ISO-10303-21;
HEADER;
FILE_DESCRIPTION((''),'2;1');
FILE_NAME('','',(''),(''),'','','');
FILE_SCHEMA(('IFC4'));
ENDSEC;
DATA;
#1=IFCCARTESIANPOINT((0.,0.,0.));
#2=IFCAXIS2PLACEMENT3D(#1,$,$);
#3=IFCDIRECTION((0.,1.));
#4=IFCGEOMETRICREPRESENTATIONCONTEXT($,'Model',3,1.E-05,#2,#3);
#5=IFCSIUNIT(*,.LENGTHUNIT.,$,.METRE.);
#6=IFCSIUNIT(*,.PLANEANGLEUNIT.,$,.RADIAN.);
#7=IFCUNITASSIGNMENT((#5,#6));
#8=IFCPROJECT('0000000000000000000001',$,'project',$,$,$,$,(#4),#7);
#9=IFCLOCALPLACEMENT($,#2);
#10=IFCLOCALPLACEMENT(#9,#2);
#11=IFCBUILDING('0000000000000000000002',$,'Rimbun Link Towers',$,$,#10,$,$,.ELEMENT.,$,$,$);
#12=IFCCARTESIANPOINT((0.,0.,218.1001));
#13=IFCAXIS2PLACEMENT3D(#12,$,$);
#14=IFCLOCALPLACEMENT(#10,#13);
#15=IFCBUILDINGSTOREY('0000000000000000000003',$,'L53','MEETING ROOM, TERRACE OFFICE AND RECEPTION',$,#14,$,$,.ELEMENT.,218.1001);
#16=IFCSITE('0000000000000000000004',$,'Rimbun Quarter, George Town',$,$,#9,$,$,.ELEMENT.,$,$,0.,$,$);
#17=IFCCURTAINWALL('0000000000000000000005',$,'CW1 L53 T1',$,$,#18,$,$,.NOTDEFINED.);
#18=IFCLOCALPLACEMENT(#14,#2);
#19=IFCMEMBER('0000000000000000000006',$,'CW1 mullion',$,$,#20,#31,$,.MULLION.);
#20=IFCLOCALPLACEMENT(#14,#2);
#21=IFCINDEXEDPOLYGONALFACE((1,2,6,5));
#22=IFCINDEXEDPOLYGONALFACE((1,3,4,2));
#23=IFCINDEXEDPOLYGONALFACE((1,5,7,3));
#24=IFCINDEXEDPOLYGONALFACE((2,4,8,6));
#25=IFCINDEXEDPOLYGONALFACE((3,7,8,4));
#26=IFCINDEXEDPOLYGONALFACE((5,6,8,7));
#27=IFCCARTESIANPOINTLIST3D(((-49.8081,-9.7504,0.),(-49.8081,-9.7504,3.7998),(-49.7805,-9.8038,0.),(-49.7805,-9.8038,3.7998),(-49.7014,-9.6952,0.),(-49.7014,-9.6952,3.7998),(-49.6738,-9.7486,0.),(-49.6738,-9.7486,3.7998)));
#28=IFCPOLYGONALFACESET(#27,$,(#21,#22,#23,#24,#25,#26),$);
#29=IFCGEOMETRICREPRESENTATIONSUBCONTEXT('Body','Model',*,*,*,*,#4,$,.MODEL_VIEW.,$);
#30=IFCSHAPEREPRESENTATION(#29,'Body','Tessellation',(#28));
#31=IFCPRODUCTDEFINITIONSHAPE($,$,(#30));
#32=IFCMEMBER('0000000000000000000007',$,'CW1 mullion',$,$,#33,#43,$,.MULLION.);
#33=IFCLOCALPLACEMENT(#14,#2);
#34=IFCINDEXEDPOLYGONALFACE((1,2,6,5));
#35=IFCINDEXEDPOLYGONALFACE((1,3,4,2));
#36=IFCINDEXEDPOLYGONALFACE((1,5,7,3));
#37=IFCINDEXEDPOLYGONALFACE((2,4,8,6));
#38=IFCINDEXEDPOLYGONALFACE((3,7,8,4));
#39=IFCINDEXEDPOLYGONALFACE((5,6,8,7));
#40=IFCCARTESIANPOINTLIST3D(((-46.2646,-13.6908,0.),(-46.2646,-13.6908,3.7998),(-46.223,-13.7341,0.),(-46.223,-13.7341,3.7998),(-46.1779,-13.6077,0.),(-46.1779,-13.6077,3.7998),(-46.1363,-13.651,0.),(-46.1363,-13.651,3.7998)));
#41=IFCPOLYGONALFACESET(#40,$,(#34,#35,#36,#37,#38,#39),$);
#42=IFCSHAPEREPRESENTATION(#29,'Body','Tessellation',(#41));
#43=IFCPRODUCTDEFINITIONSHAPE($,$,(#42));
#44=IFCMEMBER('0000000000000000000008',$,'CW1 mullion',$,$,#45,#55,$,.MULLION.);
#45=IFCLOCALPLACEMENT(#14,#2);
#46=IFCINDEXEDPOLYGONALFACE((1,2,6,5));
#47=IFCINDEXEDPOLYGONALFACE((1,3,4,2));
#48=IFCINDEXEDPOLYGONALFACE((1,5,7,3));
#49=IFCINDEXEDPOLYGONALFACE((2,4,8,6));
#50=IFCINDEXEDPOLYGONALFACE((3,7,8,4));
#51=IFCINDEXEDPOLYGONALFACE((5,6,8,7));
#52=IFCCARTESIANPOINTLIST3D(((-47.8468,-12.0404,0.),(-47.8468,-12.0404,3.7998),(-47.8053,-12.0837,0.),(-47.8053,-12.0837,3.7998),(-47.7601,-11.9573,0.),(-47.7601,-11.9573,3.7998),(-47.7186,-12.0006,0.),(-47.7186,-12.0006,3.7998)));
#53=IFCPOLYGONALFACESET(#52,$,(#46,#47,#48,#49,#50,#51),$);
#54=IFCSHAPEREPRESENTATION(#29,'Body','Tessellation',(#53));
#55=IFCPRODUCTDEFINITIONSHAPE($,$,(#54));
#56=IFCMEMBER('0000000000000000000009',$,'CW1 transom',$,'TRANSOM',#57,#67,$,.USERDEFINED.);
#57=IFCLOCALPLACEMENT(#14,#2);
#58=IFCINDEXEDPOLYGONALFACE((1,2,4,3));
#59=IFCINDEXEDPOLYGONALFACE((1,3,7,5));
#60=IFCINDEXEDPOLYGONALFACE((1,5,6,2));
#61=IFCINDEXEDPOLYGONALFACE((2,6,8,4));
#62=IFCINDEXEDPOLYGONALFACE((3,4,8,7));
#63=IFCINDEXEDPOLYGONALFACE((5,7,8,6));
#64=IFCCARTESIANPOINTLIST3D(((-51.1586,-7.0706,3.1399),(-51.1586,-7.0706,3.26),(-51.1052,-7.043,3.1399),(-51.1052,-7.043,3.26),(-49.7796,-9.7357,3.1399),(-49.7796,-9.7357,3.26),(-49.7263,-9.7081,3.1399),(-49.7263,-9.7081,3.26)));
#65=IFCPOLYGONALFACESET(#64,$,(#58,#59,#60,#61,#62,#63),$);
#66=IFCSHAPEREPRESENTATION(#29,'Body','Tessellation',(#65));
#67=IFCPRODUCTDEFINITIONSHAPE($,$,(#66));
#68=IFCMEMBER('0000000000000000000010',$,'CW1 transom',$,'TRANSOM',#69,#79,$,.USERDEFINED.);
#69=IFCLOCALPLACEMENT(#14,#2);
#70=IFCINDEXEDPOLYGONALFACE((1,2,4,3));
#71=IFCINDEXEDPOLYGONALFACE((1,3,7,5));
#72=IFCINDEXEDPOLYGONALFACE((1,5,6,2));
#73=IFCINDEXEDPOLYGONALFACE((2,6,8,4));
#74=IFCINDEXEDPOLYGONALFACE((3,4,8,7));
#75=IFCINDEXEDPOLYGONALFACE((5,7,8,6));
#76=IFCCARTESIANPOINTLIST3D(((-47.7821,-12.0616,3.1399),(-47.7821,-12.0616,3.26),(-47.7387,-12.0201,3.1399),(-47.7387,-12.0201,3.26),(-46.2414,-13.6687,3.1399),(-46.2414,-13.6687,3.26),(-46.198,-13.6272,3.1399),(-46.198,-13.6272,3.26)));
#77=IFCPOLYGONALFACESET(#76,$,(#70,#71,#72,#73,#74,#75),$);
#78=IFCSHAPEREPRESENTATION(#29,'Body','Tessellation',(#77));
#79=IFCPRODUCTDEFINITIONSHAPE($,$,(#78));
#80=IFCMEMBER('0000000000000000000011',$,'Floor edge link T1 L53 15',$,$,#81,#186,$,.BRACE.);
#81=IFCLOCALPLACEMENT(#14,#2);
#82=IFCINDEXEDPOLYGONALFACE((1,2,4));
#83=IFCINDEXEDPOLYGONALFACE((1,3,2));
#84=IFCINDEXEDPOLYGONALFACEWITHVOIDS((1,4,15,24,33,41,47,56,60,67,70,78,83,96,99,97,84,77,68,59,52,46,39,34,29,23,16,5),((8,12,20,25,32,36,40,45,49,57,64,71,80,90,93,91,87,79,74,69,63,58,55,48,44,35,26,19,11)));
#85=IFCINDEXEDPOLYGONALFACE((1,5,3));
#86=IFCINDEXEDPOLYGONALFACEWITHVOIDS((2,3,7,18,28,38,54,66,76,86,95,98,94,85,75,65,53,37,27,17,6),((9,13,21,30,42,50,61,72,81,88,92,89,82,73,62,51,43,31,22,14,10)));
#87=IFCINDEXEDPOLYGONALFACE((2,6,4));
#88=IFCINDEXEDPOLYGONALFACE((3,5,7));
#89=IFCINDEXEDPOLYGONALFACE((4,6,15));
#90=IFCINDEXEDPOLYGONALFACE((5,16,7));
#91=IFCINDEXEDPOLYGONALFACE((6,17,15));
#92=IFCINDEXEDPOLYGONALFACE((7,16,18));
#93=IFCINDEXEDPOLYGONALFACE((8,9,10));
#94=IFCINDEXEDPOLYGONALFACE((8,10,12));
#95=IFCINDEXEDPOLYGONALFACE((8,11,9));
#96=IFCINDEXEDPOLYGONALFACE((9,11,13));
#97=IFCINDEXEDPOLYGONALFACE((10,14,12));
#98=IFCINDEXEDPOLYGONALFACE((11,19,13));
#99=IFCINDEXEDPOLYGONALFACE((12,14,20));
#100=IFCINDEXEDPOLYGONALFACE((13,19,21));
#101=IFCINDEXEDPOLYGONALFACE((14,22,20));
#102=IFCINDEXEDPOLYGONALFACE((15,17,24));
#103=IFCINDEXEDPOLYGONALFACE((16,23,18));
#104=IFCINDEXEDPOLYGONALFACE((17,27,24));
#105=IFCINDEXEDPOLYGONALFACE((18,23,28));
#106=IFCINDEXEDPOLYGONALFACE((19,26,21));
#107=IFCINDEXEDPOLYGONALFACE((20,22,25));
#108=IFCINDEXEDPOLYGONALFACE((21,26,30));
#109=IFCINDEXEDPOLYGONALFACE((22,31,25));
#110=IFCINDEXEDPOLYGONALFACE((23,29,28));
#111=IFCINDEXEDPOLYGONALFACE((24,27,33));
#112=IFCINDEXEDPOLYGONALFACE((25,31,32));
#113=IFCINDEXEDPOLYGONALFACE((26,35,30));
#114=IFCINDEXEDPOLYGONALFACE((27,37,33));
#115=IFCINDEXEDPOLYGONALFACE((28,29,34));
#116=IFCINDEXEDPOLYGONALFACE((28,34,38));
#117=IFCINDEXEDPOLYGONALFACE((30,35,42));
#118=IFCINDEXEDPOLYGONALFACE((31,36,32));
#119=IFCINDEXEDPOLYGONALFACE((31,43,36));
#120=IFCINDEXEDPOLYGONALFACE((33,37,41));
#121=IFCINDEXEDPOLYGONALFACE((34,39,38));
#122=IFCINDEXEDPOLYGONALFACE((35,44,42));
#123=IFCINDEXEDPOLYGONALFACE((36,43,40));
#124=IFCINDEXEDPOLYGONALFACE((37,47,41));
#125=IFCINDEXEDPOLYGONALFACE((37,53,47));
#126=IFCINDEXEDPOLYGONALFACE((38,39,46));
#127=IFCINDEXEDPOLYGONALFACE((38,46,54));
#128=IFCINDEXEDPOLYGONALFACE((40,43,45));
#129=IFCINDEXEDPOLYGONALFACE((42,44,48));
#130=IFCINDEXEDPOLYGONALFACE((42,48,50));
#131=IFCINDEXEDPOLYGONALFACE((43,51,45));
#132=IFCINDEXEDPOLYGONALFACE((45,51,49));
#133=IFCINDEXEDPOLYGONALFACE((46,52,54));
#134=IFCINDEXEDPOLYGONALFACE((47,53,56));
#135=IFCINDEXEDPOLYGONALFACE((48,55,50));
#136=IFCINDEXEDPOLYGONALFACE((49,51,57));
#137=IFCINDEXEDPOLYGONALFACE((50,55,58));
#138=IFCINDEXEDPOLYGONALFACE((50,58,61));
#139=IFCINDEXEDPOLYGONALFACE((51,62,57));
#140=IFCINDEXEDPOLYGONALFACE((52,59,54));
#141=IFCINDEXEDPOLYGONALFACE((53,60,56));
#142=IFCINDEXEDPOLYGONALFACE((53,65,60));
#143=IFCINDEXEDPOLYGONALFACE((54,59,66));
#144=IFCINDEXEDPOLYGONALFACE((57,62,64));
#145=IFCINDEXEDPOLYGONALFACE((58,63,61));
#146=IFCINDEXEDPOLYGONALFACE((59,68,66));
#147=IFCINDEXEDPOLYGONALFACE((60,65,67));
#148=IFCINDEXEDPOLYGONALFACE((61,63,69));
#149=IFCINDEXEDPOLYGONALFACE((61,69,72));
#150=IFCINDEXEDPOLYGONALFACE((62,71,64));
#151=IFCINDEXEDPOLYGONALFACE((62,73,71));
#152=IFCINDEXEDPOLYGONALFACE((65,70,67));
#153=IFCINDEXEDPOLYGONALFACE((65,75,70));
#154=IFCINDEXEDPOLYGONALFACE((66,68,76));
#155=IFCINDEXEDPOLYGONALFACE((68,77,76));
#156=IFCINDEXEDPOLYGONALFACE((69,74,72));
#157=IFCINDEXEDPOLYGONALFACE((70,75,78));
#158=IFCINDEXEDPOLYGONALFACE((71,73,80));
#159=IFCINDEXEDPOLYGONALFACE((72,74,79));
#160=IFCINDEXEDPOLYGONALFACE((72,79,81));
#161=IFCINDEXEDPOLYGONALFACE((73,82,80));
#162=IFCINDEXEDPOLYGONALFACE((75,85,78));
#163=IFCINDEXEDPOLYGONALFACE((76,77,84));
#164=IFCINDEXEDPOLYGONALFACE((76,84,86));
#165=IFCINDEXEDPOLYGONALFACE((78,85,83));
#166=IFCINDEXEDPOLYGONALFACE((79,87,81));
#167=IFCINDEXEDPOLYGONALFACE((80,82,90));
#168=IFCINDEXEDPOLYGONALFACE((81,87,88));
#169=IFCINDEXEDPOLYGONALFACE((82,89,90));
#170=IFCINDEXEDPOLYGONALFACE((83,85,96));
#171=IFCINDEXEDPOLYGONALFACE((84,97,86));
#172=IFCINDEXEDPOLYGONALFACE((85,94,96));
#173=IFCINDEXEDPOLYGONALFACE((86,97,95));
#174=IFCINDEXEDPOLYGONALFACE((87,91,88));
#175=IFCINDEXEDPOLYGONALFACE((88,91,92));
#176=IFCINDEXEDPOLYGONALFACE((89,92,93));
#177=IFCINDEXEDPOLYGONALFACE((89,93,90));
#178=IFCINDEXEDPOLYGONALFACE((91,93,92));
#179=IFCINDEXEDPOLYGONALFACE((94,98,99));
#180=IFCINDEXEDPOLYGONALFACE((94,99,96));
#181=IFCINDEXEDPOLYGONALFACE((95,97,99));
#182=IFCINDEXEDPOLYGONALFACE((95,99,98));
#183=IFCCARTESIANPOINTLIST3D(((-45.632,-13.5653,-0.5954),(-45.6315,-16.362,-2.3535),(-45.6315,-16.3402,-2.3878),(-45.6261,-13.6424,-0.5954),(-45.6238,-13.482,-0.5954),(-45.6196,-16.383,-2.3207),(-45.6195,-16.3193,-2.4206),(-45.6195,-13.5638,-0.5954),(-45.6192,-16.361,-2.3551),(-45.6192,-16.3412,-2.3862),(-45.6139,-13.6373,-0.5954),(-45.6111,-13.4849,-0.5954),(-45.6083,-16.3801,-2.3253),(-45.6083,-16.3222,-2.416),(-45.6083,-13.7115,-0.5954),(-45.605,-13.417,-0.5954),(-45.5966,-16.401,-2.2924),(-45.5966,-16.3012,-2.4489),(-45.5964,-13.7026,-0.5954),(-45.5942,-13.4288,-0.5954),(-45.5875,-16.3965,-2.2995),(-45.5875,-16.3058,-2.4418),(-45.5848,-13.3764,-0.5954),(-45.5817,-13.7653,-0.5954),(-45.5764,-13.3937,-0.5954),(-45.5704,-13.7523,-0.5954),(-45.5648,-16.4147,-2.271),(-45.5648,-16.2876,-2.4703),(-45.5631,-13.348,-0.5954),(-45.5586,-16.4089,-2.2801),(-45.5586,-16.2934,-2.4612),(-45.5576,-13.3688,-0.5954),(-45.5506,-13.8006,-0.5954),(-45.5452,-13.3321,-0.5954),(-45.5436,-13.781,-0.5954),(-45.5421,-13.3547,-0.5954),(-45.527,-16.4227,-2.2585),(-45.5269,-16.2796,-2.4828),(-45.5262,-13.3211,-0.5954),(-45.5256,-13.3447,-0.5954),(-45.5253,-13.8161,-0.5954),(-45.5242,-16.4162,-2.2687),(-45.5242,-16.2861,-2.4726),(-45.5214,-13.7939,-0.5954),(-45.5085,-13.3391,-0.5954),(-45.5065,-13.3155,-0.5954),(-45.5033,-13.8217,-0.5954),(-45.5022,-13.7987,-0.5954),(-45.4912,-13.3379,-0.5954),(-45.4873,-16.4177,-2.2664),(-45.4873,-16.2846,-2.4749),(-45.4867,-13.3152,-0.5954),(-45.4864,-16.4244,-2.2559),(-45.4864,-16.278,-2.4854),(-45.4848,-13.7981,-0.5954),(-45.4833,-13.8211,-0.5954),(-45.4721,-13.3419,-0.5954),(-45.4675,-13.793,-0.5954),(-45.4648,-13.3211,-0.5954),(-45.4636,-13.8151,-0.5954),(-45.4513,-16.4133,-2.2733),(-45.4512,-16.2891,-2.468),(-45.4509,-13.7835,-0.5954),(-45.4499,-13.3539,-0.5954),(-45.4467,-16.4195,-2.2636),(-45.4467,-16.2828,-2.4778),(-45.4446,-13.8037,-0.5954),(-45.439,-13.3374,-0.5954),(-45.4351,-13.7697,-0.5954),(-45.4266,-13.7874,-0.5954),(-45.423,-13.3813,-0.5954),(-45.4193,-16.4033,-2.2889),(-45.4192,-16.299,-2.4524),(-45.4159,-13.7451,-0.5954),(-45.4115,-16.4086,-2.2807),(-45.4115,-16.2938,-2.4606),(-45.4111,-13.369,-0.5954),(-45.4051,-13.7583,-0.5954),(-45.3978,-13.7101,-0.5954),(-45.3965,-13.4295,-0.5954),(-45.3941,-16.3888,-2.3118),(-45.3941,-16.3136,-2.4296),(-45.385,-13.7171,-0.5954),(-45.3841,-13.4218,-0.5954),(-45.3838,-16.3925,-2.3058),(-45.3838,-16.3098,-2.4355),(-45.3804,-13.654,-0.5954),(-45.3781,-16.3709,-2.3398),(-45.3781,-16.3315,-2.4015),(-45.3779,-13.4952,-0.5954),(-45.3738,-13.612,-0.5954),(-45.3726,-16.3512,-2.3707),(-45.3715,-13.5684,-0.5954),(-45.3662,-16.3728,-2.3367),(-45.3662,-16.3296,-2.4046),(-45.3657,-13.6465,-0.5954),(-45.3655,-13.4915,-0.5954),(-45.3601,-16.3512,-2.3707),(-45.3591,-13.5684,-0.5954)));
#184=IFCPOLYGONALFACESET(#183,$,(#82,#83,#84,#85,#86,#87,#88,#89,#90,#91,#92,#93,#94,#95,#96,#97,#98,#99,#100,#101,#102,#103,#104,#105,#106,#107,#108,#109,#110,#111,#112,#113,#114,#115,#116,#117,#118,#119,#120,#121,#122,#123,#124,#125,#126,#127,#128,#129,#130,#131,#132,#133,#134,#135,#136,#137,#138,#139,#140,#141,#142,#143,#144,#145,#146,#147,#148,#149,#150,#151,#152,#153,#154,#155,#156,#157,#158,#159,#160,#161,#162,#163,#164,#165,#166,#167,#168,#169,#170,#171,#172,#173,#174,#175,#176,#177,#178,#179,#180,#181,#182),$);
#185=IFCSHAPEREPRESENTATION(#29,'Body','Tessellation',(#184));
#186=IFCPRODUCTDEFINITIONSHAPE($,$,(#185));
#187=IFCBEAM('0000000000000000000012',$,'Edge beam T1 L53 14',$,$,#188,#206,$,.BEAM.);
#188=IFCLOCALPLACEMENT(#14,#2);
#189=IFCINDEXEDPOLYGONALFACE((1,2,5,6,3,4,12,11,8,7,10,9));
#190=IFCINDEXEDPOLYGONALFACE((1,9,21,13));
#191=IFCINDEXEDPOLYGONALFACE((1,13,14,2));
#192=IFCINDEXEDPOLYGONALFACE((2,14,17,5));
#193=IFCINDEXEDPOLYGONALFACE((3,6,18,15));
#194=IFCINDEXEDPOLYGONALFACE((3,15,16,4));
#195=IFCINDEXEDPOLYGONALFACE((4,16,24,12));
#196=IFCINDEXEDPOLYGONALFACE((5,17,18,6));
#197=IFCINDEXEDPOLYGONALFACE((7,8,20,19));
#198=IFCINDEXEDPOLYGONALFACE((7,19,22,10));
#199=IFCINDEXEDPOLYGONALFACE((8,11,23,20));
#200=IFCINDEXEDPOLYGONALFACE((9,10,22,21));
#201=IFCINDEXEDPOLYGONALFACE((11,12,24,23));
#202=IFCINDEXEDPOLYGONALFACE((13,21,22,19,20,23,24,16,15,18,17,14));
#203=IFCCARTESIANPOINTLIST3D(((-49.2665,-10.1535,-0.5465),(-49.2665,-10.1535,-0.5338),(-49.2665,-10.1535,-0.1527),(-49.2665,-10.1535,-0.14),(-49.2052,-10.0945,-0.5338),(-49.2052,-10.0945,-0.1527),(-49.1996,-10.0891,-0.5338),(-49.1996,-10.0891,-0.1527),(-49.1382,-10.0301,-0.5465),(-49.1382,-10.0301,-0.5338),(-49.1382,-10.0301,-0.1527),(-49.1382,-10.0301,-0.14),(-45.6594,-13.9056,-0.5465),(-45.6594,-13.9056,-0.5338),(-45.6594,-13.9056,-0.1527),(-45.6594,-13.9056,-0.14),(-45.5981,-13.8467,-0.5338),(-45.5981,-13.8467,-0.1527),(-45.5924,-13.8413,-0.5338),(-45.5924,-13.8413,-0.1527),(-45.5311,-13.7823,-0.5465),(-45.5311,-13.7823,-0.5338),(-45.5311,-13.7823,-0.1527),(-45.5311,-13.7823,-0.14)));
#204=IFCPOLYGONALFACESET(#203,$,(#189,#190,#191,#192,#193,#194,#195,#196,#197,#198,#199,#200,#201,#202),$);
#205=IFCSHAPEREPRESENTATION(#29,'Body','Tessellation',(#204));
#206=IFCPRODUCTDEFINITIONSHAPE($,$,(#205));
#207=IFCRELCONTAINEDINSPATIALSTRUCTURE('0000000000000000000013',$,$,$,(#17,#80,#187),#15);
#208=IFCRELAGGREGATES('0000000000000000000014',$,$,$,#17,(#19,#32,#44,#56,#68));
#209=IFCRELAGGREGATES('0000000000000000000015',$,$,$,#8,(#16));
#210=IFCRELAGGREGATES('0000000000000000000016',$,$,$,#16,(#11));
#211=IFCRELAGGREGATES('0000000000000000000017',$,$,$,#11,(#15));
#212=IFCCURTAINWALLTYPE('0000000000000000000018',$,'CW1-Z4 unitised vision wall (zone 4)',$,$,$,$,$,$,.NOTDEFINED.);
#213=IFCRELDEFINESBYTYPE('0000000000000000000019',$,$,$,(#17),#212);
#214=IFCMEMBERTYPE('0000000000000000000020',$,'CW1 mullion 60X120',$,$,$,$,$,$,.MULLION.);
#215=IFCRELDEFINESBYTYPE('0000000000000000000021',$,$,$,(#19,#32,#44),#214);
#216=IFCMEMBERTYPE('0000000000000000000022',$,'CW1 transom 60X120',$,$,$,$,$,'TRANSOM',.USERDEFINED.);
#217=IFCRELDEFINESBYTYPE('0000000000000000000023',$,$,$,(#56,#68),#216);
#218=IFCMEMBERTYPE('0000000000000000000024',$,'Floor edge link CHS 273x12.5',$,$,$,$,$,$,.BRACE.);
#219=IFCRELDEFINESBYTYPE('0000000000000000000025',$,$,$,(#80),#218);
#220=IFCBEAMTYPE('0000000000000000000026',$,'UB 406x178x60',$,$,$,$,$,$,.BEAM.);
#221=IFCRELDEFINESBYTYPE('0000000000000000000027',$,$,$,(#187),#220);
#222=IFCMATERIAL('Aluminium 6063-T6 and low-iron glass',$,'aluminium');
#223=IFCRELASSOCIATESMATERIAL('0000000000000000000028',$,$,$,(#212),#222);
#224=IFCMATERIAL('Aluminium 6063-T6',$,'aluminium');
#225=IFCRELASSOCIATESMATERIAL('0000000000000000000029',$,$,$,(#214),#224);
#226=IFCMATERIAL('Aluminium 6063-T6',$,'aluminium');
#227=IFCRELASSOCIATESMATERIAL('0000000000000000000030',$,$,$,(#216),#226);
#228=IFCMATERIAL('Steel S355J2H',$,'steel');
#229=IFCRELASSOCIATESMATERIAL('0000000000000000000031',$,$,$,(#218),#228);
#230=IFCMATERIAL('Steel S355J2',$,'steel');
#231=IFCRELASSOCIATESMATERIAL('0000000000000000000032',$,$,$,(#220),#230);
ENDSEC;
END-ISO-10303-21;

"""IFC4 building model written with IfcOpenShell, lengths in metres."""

from ifc_helpers import new_model, si_unit, direction, frame, origin, origin_2d, place, context, subcontext, project, spatial, rectangle, hollow_circle, i_section, extrude, clip, halfspace, material, material_profile, profile_set, type_object, element, aggregate, save


model = new_model("IFC4")

# Units and contexts
model_context = context("Model", 3, precision=1e-05, world=origin(), true_north=direction((0.0, 1.0)))
body_context = subcontext(model_context, "Body", "Model", "MODEL_VIEW")
ifc_project = project(units=[si_unit("LENGTHUNIT", "METRE"), si_unit("PLANEANGLEUNIT", "RADIAN")], contexts=[model_context])

# Site, building, storey
site_placement = place(None, origin())
site = spatial("IfcSite", under=ifc_project, at=site_placement, Name="Rimbun Quarter, George Town", CompositionType="ELEMENT", RefElevation=0.0)
building_placement = place(site_placement, origin())
building = spatial("IfcBuilding", under=site, at=building_placement, Name="Rimbun Link Towers", CompositionType="ELEMENT")
storey_placement = place(building_placement, frame((0.0, 0.0, 218.1001)))
storey = spatial("IfcBuildingStorey", under=building, at=storey_placement, Name="L53", Description="MEETING ROOM, TERRACE OFFICE AND RECEPTION", CompositionType="ELEMENT", Elevation=218.1001)

# Curtain wall, members
ifc_material_1 = material(Name="Aluminium 6063-T6 and low-iron glass", Category="aluminium")
curtain_wall_type = type_object("IfcCurtainWallType", Name="CW1-Z4 unitised vision wall (zone 4)", PredefinedType="NOTDEFINED", material=ifc_material_1)
curtain_wall_placement = place(storey_placement, origin())
curtain_wall = element("IfcCurtainWall", 1, at=curtain_wall_placement, inside=storey, type_object=curtain_wall_type, Name="CW1 L53 T1", PredefinedType="NOTDEFINED")
ifc_material_2 = material(Name="Aluminium 6063-T6", Category="aluminium")
ifc_material_profile_1 = material_profile(ifc_material_2, rectangle(XDim=0.1201, YDim=0.0601, at=origin_2d()), Name="MULLION 60X120")
ifc_profile_set_1 = profile_set([ifc_material_profile_1], Name="Aluminium 6063-T6")
member_type_1 = type_object("IfcMemberType", Name="CW1 mullion 60X120", PredefinedType="MULLION", material=ifc_profile_set_1)
member_1_placement = place(storey_placement, frame((-49.741, -9.7495, 0.0), z_axis=(0.0, 0.0, 1.0), x_axis=(-0.88815, -0.459554, 0.0)))
member_1 = element("IfcMember", 2, at=member_1_placement, type_object=member_type_1, Name="CW1 mullion", PredefinedType="MULLION", context=body_context, shape_type="SweptSolid", body=[
    extrude(rectangle(XDim=0.1201, YDim=0.0601, at=origin_2d()), origin(), (0.0, 0.0, 1.0), 3.7998),
])
member_2_placement = place(storey_placement, frame((-46.2004, -13.6709, 0.0), z_axis=(0.0, 0.0, 1.0), x_axis=(-0.721846, -0.692053, 0.0)))
member_2 = element("IfcMember", 3, at=member_2_placement, type_object=member_type_1, Name="CW1 mullion", PredefinedType="MULLION", context=body_context, shape_type="SweptSolid", body=[
    extrude(rectangle(XDim=0.1201, YDim=0.0601, at=origin_2d()), origin(), (0.0, 0.0, 1.0), 3.7998),
])
member_3_placement = place(storey_placement, frame((-47.7827, -12.0205, 0.0), z_axis=(0.0, 0.0, 1.0), x_axis=(-0.721846, -0.692053, 0.0)))
member_3 = element("IfcMember", 4, at=member_3_placement, type_object=member_type_1, Name="CW1 mullion", PredefinedType="MULLION", context=body_context, shape_type="SweptSolid", body=[
    extrude(rectangle(XDim=0.1201, YDim=0.0601, at=origin_2d()), origin(), (0.0, 0.0, 1.0), 3.7998),
])
ifc_material_3 = material(Name="Aluminium 6063-T6", Category="aluminium")
ifc_material_profile_2 = material_profile(ifc_material_3, rectangle(XDim=0.0601, YDim=0.1201, at=origin_2d()), Name="TRANSOM 60X120")
ifc_profile_set_2 = profile_set([ifc_material_profile_2], Name="Aluminium 6063-T6")
member_type_2 = type_object("IfcMemberType", Name="CW1 transom 60X120", ElementType="TRANSOM", PredefinedType="USERDEFINED", material=ifc_profile_set_2)
member_4_placement = place(storey_placement, frame((-49.7529, -9.7219, 3.2), z_axis=(-0.459538, 0.888158, 0.0), x_axis=(-0.888158, -0.459538, 0.0)))
member_4 = element("IfcMember", 5, at=member_4_placement, type_object=member_type_2, Name="CW1 transom", ObjectType="TRANSOM", PredefinedType="USERDEFINED", context=body_context, shape_type="SweptSolid", body=[
    extrude(rectangle(XDim=0.0601, YDim=0.1201, at=origin_2d()), origin(), (0.0, 0.0, 1.0), 3.0007),
])
member_5_placement = place(storey_placement, frame((-46.2197, -13.6479, 3.2), z_axis=(-0.692036, 0.721863, 0.0), x_axis=(-0.721863, -0.692036, 0.0)))
member_5 = element("IfcMember", 6, at=member_5_placement, type_object=member_type_2, Name="CW1 transom", ObjectType="TRANSOM", PredefinedType="USERDEFINED", context=body_context, shape_type="SweptSolid", body=[
    extrude(rectangle(XDim=0.0601, YDim=0.1201, at=origin_2d()), origin(), (0.0, 0.0, 1.0), 2.2263),
])

# Member
ifc_material_4 = material(Name="Steel S355J2H", Category="steel")
ifc_material_profile_3 = material_profile(ifc_material_4, hollow_circle(Radius=0.1365, WallThickness=0.0125, at=origin_2d()), Name="CHS 273x12.5")
ifc_profile_set_3 = profile_set([ifc_material_profile_3], Name="Steel S355J2H")
member_type_3 = type_object("IfcMemberType", Name="Floor edge link CHS 273x12.5", PredefinedType="BRACE", material=ifc_profile_set_3)
member_6_placement = place(storey_placement, frame((-45.4956, -13.7456, -0.7085), z_axis=(-0.000316, -0.843062, -0.537816), x_axis=(1.0, -0.000375, 0.0)))
element("IfcMember", 7, at=member_6_placement, inside=storey, type_object=member_type_3, Name="Floor edge link T1 L53 15", PredefinedType="BRACE", context=body_context, shape_type="Clipping", body=[
    clip(extrude(hollow_circle(Radius=0.1365, WallThickness=0.0125, at=origin_2d()), frame((0.0, 0.0, -0.4465)), (0.0, 0.0, 1.0), 3.5371), halfspace(frame((0.0, 0.0, -0.2102), z_axis=(0.0, 0.843062, -0.537816)), False)),
])

# Beam
ifc_material_5 = material(Name="Steel S355J2", Category="steel")
ifc_material_profile_4 = material_profile(ifc_material_5, i_section(OverallWidth=0.178, OverallDepth=0.4065, WebThickness=0.0078, FlangeThickness=0.0127, at=origin_2d()), Name="UB 406x178x60")
ifc_profile_set_4 = profile_set([ifc_material_profile_4], Name="Steel S355J2")
beam_type = type_object("IfcBeamType", Name="UB 406x178x60", PredefinedType="BEAM", material=ifc_profile_set_4)
beam_placement = place(storey_placement, frame((-49.2024, -10.0918, -0.3433), z_axis=(0.693038, -0.720901, 0.0), x_axis=(0.720901, 0.693038, 0.0)))
element("IfcBeam", 8, at=beam_placement, inside=storey, type_object=beam_type, Name="Edge beam T1 L53 14", PredefinedType="BEAM", context=body_context, shape_type="SweptSolid", body=[
    extrude(i_section(OverallWidth=0.178, OverallDepth=0.4065, WebThickness=0.0078, FlangeThickness=0.0127, at=origin_2d()), origin(), (0.0, 0.0, 1.0), 5.2048),
])

aggregate(curtain_wall, [member_1, member_2, member_3, member_4, member_5])

save(model, "model.ifc")
